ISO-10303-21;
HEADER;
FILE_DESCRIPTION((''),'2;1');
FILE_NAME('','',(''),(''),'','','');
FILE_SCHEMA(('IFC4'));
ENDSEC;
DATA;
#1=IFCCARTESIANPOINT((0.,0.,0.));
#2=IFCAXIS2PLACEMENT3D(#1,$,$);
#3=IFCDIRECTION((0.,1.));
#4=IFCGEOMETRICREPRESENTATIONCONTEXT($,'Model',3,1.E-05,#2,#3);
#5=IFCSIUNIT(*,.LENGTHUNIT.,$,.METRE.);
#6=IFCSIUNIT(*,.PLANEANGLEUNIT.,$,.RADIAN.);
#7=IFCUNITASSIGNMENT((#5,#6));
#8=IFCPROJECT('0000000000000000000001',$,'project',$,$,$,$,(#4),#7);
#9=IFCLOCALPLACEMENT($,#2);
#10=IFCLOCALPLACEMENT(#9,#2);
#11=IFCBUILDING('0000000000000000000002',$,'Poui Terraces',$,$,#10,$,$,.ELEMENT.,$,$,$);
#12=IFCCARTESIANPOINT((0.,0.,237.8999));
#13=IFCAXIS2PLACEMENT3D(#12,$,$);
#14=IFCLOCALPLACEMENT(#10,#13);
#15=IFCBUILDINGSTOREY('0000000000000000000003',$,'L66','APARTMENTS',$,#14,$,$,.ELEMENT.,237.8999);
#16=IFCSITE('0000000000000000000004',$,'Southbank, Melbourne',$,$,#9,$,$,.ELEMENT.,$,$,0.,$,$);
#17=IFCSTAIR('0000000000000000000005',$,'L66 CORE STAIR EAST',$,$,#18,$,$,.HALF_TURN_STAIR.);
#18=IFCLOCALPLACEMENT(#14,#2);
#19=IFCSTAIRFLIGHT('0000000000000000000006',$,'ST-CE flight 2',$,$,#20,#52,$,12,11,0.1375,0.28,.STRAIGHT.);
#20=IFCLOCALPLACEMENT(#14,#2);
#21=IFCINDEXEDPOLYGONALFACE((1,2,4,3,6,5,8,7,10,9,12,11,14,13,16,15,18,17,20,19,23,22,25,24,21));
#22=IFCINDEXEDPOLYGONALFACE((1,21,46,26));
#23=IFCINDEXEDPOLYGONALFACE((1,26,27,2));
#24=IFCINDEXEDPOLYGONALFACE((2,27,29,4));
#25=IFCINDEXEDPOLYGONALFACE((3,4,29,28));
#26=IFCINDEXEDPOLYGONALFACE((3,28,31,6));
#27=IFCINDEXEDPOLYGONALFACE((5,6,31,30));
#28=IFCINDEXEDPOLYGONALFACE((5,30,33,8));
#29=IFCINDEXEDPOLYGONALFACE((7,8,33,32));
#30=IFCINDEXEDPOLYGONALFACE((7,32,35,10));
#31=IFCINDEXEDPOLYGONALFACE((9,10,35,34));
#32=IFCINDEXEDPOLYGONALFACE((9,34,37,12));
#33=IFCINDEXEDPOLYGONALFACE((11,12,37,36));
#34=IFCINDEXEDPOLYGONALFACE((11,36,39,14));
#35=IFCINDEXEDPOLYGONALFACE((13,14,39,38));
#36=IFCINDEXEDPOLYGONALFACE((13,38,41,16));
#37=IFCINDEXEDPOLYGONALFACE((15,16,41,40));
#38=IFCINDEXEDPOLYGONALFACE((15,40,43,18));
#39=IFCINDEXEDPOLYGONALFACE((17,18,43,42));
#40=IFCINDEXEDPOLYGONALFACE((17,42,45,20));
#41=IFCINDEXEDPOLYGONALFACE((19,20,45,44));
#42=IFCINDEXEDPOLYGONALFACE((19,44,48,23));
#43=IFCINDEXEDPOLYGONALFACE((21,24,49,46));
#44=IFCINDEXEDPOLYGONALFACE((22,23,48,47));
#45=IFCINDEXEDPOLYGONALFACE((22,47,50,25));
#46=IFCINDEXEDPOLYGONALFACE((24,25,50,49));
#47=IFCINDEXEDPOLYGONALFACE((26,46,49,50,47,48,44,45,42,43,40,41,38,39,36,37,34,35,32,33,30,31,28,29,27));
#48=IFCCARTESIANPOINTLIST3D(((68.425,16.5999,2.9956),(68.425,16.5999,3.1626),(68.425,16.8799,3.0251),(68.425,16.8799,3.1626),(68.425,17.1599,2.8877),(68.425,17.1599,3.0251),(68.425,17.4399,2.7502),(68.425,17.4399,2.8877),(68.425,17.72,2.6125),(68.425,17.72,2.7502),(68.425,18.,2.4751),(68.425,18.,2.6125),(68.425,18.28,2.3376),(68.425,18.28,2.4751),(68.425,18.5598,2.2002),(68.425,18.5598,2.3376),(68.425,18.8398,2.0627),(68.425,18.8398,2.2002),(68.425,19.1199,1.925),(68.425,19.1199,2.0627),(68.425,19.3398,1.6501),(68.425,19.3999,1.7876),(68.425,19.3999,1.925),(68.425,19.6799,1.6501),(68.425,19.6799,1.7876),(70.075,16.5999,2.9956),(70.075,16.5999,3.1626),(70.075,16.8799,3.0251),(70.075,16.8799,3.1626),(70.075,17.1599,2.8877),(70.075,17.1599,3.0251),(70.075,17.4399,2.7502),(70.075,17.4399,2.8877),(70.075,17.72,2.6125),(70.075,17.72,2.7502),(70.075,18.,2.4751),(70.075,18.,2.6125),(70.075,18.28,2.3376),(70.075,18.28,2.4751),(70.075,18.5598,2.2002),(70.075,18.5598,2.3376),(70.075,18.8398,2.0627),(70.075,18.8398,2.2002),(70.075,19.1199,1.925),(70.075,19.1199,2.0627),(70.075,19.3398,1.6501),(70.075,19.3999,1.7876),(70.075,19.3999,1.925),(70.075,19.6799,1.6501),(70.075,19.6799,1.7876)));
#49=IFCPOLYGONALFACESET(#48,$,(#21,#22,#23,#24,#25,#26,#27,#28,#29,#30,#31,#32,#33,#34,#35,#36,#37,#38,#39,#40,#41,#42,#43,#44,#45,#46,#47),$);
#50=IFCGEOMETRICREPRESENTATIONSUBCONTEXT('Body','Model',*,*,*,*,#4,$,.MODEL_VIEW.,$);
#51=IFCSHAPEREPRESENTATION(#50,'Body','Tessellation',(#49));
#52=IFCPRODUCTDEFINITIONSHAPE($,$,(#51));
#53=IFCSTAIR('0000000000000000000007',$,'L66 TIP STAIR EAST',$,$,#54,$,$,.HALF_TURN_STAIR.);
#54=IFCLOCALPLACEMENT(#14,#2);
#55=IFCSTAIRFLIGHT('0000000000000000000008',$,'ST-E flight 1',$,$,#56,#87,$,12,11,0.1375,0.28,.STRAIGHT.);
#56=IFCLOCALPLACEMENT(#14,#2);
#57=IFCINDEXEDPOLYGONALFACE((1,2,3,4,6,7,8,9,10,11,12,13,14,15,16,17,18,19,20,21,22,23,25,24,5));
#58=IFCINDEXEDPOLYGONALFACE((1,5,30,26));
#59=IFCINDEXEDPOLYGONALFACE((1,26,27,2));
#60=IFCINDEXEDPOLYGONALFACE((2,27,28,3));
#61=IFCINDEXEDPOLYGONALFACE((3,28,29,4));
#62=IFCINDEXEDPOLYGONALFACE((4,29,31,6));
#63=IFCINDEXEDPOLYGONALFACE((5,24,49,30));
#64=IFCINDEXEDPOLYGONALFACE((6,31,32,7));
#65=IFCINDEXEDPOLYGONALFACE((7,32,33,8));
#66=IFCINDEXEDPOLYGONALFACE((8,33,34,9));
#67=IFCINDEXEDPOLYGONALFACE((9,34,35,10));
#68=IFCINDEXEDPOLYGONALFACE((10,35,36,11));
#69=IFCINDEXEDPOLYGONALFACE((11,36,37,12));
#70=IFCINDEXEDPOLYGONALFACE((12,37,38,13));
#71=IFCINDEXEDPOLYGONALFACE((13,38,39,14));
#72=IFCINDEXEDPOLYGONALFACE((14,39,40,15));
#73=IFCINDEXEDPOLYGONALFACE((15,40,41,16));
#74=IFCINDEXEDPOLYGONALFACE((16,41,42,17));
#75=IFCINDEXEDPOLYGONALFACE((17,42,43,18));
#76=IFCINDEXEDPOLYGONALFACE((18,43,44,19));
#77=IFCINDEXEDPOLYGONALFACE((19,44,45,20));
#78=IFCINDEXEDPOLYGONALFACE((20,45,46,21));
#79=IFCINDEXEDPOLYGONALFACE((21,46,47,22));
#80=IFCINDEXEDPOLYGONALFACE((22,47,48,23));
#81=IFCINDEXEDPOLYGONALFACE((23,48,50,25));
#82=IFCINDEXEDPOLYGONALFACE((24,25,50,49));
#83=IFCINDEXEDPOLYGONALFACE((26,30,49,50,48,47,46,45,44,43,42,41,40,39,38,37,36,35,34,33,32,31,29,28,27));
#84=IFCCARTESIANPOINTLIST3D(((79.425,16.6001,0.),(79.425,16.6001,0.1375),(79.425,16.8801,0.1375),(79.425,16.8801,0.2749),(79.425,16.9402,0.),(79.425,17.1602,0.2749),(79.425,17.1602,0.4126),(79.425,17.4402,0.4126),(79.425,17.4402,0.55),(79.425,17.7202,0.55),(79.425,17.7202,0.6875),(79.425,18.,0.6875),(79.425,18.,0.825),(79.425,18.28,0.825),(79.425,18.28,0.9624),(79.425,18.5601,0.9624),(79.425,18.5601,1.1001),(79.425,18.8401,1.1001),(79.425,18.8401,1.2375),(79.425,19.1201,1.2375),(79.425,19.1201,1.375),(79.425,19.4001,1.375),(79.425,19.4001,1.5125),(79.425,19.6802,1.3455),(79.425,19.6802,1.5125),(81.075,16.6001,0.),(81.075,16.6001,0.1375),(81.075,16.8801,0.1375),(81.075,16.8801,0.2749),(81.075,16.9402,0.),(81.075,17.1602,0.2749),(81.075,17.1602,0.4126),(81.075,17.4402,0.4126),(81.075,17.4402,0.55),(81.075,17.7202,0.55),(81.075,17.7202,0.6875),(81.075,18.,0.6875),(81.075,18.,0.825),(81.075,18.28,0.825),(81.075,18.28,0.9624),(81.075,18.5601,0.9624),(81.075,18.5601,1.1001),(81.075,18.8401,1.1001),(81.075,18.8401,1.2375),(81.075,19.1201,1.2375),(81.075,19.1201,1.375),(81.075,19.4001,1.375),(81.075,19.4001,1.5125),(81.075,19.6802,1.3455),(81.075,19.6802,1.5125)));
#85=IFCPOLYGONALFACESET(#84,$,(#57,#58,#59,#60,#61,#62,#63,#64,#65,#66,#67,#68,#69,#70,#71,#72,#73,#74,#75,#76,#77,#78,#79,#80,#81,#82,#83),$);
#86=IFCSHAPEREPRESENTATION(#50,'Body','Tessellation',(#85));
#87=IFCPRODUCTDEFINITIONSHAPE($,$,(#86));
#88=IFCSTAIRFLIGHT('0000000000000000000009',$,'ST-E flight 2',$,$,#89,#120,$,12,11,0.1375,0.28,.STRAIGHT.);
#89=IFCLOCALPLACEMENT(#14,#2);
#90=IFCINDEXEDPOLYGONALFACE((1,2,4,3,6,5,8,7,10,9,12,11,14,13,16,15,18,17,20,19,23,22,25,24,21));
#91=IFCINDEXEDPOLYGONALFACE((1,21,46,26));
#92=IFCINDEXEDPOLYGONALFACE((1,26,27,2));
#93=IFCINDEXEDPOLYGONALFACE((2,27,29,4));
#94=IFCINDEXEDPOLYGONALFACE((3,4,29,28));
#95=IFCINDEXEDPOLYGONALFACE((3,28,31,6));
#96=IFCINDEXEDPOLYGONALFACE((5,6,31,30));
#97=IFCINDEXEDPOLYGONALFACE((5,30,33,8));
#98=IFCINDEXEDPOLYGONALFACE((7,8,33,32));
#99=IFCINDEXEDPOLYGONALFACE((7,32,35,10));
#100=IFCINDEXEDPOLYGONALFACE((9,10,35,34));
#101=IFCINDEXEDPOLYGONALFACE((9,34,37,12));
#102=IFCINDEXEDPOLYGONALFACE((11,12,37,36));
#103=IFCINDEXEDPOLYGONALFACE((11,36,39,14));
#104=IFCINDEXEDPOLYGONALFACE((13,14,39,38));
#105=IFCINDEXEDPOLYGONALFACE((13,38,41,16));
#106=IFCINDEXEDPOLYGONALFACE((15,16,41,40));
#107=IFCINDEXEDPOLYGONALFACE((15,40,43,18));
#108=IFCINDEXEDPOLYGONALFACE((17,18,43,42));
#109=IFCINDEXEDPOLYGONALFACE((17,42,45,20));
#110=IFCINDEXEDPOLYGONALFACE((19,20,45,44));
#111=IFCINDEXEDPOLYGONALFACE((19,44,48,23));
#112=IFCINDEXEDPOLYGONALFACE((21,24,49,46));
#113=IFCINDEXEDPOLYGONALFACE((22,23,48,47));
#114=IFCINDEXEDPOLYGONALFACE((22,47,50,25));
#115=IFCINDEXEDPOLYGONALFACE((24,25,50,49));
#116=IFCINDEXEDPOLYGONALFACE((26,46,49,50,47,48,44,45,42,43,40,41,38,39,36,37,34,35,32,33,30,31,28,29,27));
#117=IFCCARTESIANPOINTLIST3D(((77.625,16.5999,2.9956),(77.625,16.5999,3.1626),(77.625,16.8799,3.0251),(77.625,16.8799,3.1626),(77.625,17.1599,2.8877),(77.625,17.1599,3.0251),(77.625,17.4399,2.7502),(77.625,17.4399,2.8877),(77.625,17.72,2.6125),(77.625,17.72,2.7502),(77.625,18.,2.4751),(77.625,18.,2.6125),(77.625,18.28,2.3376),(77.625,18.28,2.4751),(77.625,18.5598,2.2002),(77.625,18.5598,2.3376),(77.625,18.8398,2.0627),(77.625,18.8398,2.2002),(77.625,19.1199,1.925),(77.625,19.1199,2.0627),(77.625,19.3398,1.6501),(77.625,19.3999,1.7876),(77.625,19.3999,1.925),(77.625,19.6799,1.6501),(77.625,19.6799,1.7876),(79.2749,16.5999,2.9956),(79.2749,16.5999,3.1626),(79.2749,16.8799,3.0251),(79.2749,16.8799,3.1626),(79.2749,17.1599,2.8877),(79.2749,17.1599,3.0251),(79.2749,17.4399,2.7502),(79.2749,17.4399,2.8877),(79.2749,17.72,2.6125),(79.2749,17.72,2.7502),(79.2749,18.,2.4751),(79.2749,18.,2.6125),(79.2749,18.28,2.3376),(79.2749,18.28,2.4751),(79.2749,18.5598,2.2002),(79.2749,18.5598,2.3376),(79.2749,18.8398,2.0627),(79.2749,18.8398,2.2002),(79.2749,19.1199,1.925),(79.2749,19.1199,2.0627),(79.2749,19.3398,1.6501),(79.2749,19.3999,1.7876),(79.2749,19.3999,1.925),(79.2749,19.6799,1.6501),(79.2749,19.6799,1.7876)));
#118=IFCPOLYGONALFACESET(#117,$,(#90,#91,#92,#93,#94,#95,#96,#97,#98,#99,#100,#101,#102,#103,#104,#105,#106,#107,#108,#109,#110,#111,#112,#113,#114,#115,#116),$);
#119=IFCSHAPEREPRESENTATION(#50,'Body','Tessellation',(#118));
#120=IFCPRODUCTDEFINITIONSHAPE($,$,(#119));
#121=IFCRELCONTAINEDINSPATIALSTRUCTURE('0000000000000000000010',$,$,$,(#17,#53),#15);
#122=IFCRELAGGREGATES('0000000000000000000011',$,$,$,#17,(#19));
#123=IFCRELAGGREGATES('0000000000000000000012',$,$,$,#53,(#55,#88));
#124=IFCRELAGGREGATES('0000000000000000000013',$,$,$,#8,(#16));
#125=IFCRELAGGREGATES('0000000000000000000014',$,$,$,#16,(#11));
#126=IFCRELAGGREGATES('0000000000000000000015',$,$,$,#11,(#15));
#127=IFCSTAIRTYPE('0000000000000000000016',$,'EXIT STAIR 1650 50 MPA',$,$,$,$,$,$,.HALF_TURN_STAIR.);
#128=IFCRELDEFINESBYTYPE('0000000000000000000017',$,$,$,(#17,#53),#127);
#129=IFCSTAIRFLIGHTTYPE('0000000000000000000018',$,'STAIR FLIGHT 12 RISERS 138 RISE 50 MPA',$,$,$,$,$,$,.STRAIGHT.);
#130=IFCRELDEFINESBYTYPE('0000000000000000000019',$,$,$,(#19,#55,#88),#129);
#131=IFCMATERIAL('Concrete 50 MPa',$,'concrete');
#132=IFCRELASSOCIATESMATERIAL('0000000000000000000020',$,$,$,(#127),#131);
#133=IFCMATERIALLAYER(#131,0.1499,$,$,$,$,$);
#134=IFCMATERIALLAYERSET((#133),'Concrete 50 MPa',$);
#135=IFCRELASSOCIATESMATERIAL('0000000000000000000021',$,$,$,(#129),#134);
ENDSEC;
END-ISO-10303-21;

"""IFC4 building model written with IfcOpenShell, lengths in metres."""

from ifc_helpers import new_model, si_unit, direction, frame, origin, place, context, subcontext, project, spatial, polyline, outline, extrude, material, layer, layer_set, type_object, element, aggregate, save


model = new_model("IFC4")

# Units and contexts
model_context = context("Model", 3, precision=1e-05, world=origin(), true_north=direction((0.0, 1.0)))
body_context = subcontext(model_context, "Body", "Model", "MODEL_VIEW")
ifc_project = project(units=[si_unit("LENGTHUNIT", "METRE"), si_unit("PLANEANGLEUNIT", "RADIAN")], contexts=[model_context])

# Site, building, storey
site_placement = place(None, origin())
site = spatial("IfcSite", under=ifc_project, at=site_placement, Name="Southbank, Melbourne", CompositionType="ELEMENT", RefElevation=0.0)
building_placement = place(site_placement, origin())
building = spatial("IfcBuilding", under=site, at=building_placement, Name="Poui Terraces", CompositionType="ELEMENT")
storey_placement = place(building_placement, frame((0.0, 0.0, 237.8999)))
storey = spatial("IfcBuildingStorey", under=building, at=storey_placement, Name="L66", Description="APARTMENTS", CompositionType="ELEMENT", Elevation=237.8999)

# Shared definitions
ifc_material_1 = material(Name="Concrete 50 MPa", Category="concrete")

# Stairs, stair flights
stair_type = type_object("IfcStairType", Name="EXIT STAIR 1650 50 MPA", PredefinedType="HALF_TURN_STAIR", material=ifc_material_1)
stair_1_placement = place(storey_placement, origin())
stair_1 = element("IfcStair", 1, at=stair_1_placement, inside=storey, type_object=stair_type, Name="L66 CORE STAIR EAST", PredefinedType="HALF_TURN_STAIR")
ifc_layer_1 = layer(ifc_material_1, 0.1499)
ifc_layer_set_1 = layer_set([ifc_layer_1], Name="Concrete 50 MPa")
stair_flight_type = type_object("IfcStairFlightType", Name="STAIR FLIGHT 12 RISERS 138 RISE 50 MPA", PredefinedType="STRAIGHT", material=ifc_layer_set_1)
stair_flight_1_placement = place(storey_placement, frame((69.25, 19.6799, 1.6501), z_axis=(0.0, 0.0, 1.0), x_axis=(0.0, -1.0, 0.0)))
stair_flight_1 = element("IfcStairFlight", 2, at=stair_flight_1_placement, type_object=stair_flight_type, Name="ST-CE flight 2", NumberOfRisers=12, NumberOfTreads=11, PredefinedType="STRAIGHT", RiserHeight=0.1375, TreadLength=0.28, context=body_context, shape_type="SweptSolid", body=[
    extrude(outline(polyline([(0.0, 0.0), (0.0, 0.1375), (0.28, 0.1375), (0.28, 0.2749), (0.5601, 0.2749), (0.5601, 0.4126), (0.8401, 0.4126), (0.8401, 0.55), (1.1201, 0.55), (1.1201, 0.6875), (1.3999, 0.6875), (1.3999, 0.825), (1.6799, 0.825), (1.6799, 0.9624), (1.96, 0.9624), (1.96, 1.1001), (2.24, 1.1001), (2.24, 1.2375), (2.52, 1.2375), (2.52, 1.375), (2.8, 1.375), (2.8, 1.5125), (3.0801, 1.5125), (3.0801, 1.6499), (3.0801, 1.3455), (0.3401, 0.0), (0.0, 0.0)])), frame((0.0, 0.825, 0.0), z_axis=(0.0, -1.0, 0.0), x_axis=(1.0, 0.0, 0.0)), (0.0, 0.0, 1.0), 1.6499),
])
aggregate(stair_1, [stair_flight_1])
stair_2_placement = place(storey_placement, origin())
stair_2 = element("IfcStair", 3, at=stair_2_placement, inside=storey, type_object=stair_type, Name="L66 TIP STAIR EAST", PredefinedType="HALF_TURN_STAIR")
stair_flight_2_placement = place(storey_placement, frame((80.25, 16.6001, 0.0), z_axis=(0.0, 0.0, 1.0), x_axis=(0.0, 1.0, 0.0)))
stair_flight_2 = element("IfcStairFlight", 4, at=stair_flight_2_placement, type_object=stair_flight_type, Name="ST-E flight 1", NumberOfRisers=12, NumberOfTreads=11, PredefinedType="STRAIGHT", RiserHeight=0.1375, TreadLength=0.28, context=body_context, shape_type="SweptSolid", body=[
    extrude(outline(polyline([(0.0, 0.0), (0.0, 0.1375), (0.28, 0.1375), (0.28, 0.2749), (0.5601, 0.2749), (0.5601, 0.4126), (0.8401, 0.4126), (0.8401, 0.55), (1.1201, 0.55), (1.1201, 0.6875), (1.3999, 0.6875), (1.3999, 0.825), (1.6799, 0.825), (1.6799, 0.9624), (1.96, 0.9624), (1.96, 1.1001), (2.24, 1.1001), (2.24, 1.2375), (2.52, 1.2375), (2.52, 1.375), (2.8, 1.375), (2.8, 1.5125), (3.0801, 1.5125), (3.0801, 1.6499), (3.0801, 1.3455), (0.3401, 0.0), (0.0, 0.0)])), frame((0.0, 0.825, 0.0), z_axis=(0.0, -1.0, 0.0), x_axis=(1.0, 0.0, 0.0)), (0.0, 0.0, 1.0), 1.6499),
])
stair_flight_3_placement = place(storey_placement, frame((78.45, 19.6799, 1.6501), z_axis=(0.0, 0.0, 1.0), x_axis=(0.0, -1.0, 0.0)))
stair_flight_3 = element("IfcStairFlight", 5, at=stair_flight_3_placement, type_object=stair_flight_type, Name="ST-E flight 2", NumberOfRisers=12, NumberOfTreads=11, PredefinedType="STRAIGHT", RiserHeight=0.1375, TreadLength=0.28, context=body_context, shape_type="SweptSolid", body=[
    extrude(outline(polyline([(0.0, 0.0), (0.0, 0.1375), (0.28, 0.1375), (0.28, 0.2749), (0.5601, 0.2749), (0.5601, 0.4126), (0.8401, 0.4126), (0.8401, 0.55), (1.1201, 0.55), (1.1201, 0.6875), (1.3999, 0.6875), (1.3999, 0.825), (1.6799, 0.825), (1.6799, 0.9624), (1.96, 0.9624), (1.96, 1.1001), (2.24, 1.1001), (2.24, 1.2375), (2.52, 1.2375), (2.52, 1.375), (2.8, 1.375), (2.8, 1.5125), (3.0801, 1.5125), (3.0801, 1.6499), (3.0801, 1.3455), (0.3401, 0.0), (0.0, 0.0)])), frame((0.0, 0.825, 0.0), z_axis=(0.0, -1.0, 0.0), x_axis=(1.0, 0.0, 0.0)), (0.0, 0.0, 1.0), 1.6499),
])
aggregate(stair_2, [stair_flight_2, stair_flight_3])

save(model, "model.ifc")
